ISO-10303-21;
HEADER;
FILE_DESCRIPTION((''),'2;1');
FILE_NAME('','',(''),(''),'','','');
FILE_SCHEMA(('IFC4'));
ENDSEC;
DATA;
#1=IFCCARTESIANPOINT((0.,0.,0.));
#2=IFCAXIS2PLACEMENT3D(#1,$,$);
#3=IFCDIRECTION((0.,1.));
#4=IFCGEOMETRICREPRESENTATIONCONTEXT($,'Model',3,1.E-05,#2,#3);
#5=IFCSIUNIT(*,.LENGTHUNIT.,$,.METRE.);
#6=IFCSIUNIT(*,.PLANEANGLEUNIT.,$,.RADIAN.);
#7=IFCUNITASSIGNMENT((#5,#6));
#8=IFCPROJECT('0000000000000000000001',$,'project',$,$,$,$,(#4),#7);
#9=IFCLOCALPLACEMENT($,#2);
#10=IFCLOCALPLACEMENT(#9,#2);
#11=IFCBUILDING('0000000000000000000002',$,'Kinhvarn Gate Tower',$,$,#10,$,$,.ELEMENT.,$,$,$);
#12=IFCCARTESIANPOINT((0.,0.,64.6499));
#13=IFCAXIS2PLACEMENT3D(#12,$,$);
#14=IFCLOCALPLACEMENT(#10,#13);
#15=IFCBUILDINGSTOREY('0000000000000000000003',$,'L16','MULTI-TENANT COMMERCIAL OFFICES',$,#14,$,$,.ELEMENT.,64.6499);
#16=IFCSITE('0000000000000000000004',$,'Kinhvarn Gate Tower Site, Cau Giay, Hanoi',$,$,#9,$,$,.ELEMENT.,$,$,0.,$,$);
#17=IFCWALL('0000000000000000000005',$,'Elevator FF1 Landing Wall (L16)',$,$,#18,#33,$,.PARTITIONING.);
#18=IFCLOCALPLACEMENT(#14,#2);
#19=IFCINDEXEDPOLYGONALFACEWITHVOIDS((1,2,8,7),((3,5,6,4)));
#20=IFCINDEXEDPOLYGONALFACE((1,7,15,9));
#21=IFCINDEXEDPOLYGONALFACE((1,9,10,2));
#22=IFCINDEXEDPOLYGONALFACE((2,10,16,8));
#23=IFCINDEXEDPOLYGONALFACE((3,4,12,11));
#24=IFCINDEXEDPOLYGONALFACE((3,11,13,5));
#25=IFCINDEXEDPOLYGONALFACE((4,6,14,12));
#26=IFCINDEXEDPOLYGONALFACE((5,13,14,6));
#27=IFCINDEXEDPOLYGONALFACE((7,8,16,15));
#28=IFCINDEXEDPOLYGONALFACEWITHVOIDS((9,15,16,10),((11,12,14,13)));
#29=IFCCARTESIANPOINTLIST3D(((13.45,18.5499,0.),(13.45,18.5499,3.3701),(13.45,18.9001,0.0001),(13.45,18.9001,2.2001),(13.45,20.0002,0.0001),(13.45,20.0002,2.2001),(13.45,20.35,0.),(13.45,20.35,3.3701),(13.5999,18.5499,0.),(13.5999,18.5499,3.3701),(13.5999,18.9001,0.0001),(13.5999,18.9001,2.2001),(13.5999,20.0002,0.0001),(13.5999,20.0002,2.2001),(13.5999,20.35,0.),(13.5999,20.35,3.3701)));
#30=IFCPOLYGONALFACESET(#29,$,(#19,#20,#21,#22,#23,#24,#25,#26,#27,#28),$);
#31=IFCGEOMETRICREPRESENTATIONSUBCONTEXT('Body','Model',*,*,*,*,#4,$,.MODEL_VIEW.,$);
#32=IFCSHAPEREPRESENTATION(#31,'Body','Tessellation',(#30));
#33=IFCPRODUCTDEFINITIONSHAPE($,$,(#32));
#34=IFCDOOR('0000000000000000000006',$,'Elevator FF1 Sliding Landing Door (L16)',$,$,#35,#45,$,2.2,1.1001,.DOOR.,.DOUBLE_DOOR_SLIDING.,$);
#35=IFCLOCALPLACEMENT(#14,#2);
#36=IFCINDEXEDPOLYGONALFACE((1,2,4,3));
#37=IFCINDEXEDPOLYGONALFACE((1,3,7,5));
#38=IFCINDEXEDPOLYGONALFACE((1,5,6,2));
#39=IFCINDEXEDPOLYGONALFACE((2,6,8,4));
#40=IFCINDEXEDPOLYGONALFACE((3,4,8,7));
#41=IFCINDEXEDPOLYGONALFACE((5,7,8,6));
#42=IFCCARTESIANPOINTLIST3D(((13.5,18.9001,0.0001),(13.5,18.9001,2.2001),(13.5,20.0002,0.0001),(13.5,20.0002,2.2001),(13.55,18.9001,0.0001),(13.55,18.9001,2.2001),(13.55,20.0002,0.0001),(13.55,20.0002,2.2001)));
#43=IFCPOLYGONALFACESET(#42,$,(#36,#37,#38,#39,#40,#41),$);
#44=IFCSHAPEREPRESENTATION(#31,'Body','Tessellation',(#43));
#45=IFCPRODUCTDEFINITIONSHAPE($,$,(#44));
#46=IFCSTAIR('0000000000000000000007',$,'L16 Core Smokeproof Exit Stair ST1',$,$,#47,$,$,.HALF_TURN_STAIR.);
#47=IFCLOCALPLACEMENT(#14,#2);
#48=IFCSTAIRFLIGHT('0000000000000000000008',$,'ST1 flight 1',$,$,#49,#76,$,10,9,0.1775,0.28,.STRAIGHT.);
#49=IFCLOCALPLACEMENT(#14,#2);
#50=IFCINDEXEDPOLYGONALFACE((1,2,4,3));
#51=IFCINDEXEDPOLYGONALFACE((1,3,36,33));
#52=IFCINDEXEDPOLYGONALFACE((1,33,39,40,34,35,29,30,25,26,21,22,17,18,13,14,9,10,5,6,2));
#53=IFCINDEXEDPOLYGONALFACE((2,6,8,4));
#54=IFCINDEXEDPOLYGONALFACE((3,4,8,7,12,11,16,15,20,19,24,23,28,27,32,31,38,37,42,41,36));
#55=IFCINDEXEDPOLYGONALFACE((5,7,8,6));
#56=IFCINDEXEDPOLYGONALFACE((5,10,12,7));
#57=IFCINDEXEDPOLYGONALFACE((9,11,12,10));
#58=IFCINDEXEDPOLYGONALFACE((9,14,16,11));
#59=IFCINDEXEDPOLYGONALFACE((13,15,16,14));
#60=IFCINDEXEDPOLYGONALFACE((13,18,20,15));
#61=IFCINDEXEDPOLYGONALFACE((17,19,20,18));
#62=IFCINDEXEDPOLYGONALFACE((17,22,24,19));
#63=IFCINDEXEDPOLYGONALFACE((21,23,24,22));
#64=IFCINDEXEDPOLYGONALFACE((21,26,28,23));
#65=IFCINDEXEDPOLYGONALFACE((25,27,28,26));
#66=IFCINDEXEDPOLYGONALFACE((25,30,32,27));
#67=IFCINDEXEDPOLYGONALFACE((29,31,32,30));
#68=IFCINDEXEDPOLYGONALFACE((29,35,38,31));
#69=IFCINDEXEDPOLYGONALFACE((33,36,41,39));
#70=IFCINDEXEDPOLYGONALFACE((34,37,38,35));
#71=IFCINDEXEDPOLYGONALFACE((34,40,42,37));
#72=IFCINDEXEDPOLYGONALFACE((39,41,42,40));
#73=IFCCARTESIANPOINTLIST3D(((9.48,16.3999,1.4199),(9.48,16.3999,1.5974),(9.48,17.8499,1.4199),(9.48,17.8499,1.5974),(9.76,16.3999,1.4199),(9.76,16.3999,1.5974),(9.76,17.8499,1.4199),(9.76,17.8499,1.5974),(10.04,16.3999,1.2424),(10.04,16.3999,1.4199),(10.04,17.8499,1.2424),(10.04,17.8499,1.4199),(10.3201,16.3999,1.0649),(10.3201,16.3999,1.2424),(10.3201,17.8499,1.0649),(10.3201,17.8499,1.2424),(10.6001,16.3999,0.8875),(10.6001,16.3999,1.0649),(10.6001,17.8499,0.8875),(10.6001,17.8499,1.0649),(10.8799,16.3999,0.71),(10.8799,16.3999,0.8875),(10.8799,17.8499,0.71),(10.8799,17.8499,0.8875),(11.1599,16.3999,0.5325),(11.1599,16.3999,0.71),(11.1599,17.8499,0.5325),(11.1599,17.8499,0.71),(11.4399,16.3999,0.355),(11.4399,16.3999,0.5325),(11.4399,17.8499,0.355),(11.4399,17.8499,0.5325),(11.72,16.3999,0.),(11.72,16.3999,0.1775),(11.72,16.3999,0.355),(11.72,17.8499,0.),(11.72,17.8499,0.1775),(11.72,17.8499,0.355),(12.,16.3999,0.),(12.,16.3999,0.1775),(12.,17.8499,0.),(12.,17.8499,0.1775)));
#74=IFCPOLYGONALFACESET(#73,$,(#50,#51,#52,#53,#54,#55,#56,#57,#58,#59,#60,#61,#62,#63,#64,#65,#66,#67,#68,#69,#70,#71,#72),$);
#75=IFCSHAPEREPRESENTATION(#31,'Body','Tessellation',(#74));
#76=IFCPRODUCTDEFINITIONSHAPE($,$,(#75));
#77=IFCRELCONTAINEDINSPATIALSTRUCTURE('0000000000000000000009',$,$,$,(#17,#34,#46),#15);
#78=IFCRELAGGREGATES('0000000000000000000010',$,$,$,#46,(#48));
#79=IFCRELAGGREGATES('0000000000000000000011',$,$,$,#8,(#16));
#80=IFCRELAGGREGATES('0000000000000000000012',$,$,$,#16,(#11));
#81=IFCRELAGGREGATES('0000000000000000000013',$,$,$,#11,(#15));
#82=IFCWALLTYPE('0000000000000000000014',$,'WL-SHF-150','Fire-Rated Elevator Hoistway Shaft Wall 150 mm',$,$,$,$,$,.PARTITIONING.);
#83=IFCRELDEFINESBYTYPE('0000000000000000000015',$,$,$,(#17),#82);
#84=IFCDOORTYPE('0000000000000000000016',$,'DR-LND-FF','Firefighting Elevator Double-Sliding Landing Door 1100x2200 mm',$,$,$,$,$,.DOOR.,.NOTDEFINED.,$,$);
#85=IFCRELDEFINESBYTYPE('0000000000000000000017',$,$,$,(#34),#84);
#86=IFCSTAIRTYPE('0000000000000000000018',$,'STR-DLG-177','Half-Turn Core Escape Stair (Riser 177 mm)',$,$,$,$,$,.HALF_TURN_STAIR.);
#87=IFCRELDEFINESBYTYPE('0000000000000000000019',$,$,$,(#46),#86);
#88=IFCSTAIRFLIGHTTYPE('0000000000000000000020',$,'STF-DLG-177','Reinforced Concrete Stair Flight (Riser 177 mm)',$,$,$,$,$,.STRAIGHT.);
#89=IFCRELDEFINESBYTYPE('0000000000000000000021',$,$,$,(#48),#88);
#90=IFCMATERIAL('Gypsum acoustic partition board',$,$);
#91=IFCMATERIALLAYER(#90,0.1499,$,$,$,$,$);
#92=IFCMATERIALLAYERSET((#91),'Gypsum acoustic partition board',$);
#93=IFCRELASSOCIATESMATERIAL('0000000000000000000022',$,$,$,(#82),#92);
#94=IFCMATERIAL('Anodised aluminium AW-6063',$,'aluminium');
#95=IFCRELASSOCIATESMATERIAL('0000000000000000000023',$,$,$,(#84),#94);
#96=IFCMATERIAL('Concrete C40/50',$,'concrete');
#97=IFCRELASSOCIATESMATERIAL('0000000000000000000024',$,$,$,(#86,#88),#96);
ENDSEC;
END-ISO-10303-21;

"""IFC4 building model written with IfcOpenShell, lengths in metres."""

from ifc_helpers import new_model, si_unit, direction, frame, frame_2d, origin, place, context, subcontext, project, spatial, polyline, rectangle, outline, extrude, material, layer, layer_set, type_object, element, fill, aggregate, save


model = new_model("IFC4")

# Units and contexts
model_context = context("Model", 3, precision=1e-05, world=origin(), true_north=direction((0.0, 1.0)))
body_context = subcontext(model_context, "Body", "Model", "MODEL_VIEW")
ifc_project = project(units=[si_unit("LENGTHUNIT", "METRE"), si_unit("PLANEANGLEUNIT", "RADIAN")], contexts=[model_context])

# Site, building, storey
site_placement = place(None, origin())
site = spatial("IfcSite", under=ifc_project, at=site_placement, Name="Kinhvarn Gate Tower Site, Cau Giay, Hanoi", CompositionType="ELEMENT", RefElevation=0.0)
building_placement = place(site_placement, origin())
building = spatial("IfcBuilding", under=site, at=building_placement, Name="Kinhvarn Gate Tower", CompositionType="ELEMENT")
storey_placement = place(building_placement, frame((0.0, 0.0, 64.6499)))
storey = spatial("IfcBuildingStorey", under=building, at=storey_placement, Name="L16", Description="MULTI-TENANT COMMERCIAL OFFICES", CompositionType="ELEMENT", Elevation=64.6499)

# Shared definitions
ifc_material_1 = material(Name="Anodised aluminium AW-6063", Category="aluminium")
ifc_material_2 = material(Name="Gypsum acoustic partition board")

# Shared definitions
ifc_layer_1 = layer(ifc_material_2, 0.1499)
ifc_layer_set_1 = layer_set([ifc_layer_1], Name="Gypsum acoustic partition board")
wall_type_1 = type_object("IfcWallType", Name="WL-SHF-150", Description="Fire-Rated Elevator Hoistway Shaft Wall 150 mm", PredefinedType="PARTITIONING", material=ifc_layer_set_1)

# Wall, opening, door
wall_1_placement = place(storey_placement, frame((13.5249, 18.55, 0.0), z_axis=(0.0, 0.0, 1.0), x_axis=(0.0, 1.0, 0.0)))
wall_1 = element("IfcWall", 1, at=wall_1_placement, inside=storey, type_object=wall_type_1, Name="Elevator FF1 Landing Wall (L16)", PredefinedType="PARTITIONING", context=body_context, shape_type="SweptSolid", body=[
    extrude(rectangle(XDim=1.8, YDim=0.1499, at=frame_2d((0.8999, 0.0))), origin(), (0.0, 0.0, 1.0), 3.3701),
])
opening_1_placement = place(wall_1_placement, frame((0.3501, 0.0, 0.0)))
opening_1 = element("IfcOpeningElement", 2, at=opening_1_placement, cuts=wall_1, PredefinedType="OPENING", context=body_context, shape_type="SweptSolid", body=[
    extrude(rectangle(XDim=1.1001, YDim=2.2, at=frame_2d((0.55, 1.1001))), frame((0.0, 0.085, 0.0), z_axis=(0.0, -1.0, 0.0), x_axis=(1.0, 0.0, 0.0)), (0.0, 0.0, 1.0), 0.1699),
])
door_type_1 = type_object("IfcDoorType", Name="DR-LND-FF", Description="Firefighting Elevator Double-Sliding Landing Door 1100x2200 mm", OperationType="NOTDEFINED", PredefinedType="DOOR", material=ifc_material_1)
door_1_placement = place(opening_1_placement, origin())
door_1 = element("IfcDoor", 3, at=door_1_placement, inside=storey, type_object=door_type_1, Name="Elevator FF1 Sliding Landing Door (L16)", OperationType="DOUBLE_DOOR_SLIDING", OverallHeight=2.2, OverallWidth=1.1001, PredefinedType="DOOR", context=body_context, shape_type="SweptSolid", body=[
    extrude(rectangle(XDim=1.1001, YDim=2.2, at=frame_2d((0.55, 1.1001))), frame((0.0, 0.0249, 0.0), z_axis=(0.0, -1.0, 0.0), x_axis=(1.0, 0.0, 0.0)), (0.0, 0.0, 1.0), 0.05),
])
fill(opening_1, door_1)
ifc_material_3 = material(Name="Concrete C40/50", Category="concrete")

# Stair, stair flight
stair_type = type_object("IfcStairType", Name="STR-DLG-177", Description="Half-Turn Core Escape Stair (Riser 177 mm)", PredefinedType="HALF_TURN_STAIR", material=ifc_material_3)
stair_placement = place(storey_placement, origin())
stair = element("IfcStair", 4, at=stair_placement, inside=storey, type_object=stair_type, Name="L16 Core Smokeproof Exit Stair ST1", PredefinedType="HALF_TURN_STAIR")
stair_flight_type = type_object("IfcStairFlightType", Name="STF-DLG-177", Description="Reinforced Concrete Stair Flight (Riser 177 mm)", PredefinedType="STRAIGHT", material=ifc_material_3)
stair_flight_placement = place(storey_placement, frame((12.0, 17.125, 0.0), z_axis=(0.0, 0.0, 1.0), x_axis=(-1.0, 0.0, 0.0)))
stair_flight = element("IfcStairFlight", 5, at=stair_flight_placement, type_object=stair_flight_type, Name="ST1 flight 1", NumberOfRisers=10, NumberOfTreads=9, PredefinedType="STRAIGHT", RiserHeight=0.1775, TreadLength=0.28, context=body_context, shape_type="SweptSolid", body=[
    extrude(outline(polyline([(0.0, 0.0), (0.0, 0.1775), (0.28, 0.1775), (0.28, 0.355), (0.5601, 0.355), (0.5601, 0.5325), (0.8401, 0.5325), (0.8401, 0.71), (1.1201, 0.71), (1.1201, 0.8875), (1.3999, 0.8875), (1.3999, 1.0649), (1.6799, 1.0649), (1.6799, 1.2424), (1.96, 1.2424), (1.96, 1.4199), (2.24, 1.4199), (2.24, 1.5974), (2.52, 1.5974), (2.52, 1.7749), (2.52, 1.4199), (0.28, 0.0), (0.0, 0.0)])), frame((0.0, 0.7251, 0.0), z_axis=(0.0, -1.0, 0.0), x_axis=(1.0, 0.0, 0.0)), (0.0, 0.0, 1.0), 1.45),
])
aggregate(stair, [stair_flight])

save(model, "model.ifc")
